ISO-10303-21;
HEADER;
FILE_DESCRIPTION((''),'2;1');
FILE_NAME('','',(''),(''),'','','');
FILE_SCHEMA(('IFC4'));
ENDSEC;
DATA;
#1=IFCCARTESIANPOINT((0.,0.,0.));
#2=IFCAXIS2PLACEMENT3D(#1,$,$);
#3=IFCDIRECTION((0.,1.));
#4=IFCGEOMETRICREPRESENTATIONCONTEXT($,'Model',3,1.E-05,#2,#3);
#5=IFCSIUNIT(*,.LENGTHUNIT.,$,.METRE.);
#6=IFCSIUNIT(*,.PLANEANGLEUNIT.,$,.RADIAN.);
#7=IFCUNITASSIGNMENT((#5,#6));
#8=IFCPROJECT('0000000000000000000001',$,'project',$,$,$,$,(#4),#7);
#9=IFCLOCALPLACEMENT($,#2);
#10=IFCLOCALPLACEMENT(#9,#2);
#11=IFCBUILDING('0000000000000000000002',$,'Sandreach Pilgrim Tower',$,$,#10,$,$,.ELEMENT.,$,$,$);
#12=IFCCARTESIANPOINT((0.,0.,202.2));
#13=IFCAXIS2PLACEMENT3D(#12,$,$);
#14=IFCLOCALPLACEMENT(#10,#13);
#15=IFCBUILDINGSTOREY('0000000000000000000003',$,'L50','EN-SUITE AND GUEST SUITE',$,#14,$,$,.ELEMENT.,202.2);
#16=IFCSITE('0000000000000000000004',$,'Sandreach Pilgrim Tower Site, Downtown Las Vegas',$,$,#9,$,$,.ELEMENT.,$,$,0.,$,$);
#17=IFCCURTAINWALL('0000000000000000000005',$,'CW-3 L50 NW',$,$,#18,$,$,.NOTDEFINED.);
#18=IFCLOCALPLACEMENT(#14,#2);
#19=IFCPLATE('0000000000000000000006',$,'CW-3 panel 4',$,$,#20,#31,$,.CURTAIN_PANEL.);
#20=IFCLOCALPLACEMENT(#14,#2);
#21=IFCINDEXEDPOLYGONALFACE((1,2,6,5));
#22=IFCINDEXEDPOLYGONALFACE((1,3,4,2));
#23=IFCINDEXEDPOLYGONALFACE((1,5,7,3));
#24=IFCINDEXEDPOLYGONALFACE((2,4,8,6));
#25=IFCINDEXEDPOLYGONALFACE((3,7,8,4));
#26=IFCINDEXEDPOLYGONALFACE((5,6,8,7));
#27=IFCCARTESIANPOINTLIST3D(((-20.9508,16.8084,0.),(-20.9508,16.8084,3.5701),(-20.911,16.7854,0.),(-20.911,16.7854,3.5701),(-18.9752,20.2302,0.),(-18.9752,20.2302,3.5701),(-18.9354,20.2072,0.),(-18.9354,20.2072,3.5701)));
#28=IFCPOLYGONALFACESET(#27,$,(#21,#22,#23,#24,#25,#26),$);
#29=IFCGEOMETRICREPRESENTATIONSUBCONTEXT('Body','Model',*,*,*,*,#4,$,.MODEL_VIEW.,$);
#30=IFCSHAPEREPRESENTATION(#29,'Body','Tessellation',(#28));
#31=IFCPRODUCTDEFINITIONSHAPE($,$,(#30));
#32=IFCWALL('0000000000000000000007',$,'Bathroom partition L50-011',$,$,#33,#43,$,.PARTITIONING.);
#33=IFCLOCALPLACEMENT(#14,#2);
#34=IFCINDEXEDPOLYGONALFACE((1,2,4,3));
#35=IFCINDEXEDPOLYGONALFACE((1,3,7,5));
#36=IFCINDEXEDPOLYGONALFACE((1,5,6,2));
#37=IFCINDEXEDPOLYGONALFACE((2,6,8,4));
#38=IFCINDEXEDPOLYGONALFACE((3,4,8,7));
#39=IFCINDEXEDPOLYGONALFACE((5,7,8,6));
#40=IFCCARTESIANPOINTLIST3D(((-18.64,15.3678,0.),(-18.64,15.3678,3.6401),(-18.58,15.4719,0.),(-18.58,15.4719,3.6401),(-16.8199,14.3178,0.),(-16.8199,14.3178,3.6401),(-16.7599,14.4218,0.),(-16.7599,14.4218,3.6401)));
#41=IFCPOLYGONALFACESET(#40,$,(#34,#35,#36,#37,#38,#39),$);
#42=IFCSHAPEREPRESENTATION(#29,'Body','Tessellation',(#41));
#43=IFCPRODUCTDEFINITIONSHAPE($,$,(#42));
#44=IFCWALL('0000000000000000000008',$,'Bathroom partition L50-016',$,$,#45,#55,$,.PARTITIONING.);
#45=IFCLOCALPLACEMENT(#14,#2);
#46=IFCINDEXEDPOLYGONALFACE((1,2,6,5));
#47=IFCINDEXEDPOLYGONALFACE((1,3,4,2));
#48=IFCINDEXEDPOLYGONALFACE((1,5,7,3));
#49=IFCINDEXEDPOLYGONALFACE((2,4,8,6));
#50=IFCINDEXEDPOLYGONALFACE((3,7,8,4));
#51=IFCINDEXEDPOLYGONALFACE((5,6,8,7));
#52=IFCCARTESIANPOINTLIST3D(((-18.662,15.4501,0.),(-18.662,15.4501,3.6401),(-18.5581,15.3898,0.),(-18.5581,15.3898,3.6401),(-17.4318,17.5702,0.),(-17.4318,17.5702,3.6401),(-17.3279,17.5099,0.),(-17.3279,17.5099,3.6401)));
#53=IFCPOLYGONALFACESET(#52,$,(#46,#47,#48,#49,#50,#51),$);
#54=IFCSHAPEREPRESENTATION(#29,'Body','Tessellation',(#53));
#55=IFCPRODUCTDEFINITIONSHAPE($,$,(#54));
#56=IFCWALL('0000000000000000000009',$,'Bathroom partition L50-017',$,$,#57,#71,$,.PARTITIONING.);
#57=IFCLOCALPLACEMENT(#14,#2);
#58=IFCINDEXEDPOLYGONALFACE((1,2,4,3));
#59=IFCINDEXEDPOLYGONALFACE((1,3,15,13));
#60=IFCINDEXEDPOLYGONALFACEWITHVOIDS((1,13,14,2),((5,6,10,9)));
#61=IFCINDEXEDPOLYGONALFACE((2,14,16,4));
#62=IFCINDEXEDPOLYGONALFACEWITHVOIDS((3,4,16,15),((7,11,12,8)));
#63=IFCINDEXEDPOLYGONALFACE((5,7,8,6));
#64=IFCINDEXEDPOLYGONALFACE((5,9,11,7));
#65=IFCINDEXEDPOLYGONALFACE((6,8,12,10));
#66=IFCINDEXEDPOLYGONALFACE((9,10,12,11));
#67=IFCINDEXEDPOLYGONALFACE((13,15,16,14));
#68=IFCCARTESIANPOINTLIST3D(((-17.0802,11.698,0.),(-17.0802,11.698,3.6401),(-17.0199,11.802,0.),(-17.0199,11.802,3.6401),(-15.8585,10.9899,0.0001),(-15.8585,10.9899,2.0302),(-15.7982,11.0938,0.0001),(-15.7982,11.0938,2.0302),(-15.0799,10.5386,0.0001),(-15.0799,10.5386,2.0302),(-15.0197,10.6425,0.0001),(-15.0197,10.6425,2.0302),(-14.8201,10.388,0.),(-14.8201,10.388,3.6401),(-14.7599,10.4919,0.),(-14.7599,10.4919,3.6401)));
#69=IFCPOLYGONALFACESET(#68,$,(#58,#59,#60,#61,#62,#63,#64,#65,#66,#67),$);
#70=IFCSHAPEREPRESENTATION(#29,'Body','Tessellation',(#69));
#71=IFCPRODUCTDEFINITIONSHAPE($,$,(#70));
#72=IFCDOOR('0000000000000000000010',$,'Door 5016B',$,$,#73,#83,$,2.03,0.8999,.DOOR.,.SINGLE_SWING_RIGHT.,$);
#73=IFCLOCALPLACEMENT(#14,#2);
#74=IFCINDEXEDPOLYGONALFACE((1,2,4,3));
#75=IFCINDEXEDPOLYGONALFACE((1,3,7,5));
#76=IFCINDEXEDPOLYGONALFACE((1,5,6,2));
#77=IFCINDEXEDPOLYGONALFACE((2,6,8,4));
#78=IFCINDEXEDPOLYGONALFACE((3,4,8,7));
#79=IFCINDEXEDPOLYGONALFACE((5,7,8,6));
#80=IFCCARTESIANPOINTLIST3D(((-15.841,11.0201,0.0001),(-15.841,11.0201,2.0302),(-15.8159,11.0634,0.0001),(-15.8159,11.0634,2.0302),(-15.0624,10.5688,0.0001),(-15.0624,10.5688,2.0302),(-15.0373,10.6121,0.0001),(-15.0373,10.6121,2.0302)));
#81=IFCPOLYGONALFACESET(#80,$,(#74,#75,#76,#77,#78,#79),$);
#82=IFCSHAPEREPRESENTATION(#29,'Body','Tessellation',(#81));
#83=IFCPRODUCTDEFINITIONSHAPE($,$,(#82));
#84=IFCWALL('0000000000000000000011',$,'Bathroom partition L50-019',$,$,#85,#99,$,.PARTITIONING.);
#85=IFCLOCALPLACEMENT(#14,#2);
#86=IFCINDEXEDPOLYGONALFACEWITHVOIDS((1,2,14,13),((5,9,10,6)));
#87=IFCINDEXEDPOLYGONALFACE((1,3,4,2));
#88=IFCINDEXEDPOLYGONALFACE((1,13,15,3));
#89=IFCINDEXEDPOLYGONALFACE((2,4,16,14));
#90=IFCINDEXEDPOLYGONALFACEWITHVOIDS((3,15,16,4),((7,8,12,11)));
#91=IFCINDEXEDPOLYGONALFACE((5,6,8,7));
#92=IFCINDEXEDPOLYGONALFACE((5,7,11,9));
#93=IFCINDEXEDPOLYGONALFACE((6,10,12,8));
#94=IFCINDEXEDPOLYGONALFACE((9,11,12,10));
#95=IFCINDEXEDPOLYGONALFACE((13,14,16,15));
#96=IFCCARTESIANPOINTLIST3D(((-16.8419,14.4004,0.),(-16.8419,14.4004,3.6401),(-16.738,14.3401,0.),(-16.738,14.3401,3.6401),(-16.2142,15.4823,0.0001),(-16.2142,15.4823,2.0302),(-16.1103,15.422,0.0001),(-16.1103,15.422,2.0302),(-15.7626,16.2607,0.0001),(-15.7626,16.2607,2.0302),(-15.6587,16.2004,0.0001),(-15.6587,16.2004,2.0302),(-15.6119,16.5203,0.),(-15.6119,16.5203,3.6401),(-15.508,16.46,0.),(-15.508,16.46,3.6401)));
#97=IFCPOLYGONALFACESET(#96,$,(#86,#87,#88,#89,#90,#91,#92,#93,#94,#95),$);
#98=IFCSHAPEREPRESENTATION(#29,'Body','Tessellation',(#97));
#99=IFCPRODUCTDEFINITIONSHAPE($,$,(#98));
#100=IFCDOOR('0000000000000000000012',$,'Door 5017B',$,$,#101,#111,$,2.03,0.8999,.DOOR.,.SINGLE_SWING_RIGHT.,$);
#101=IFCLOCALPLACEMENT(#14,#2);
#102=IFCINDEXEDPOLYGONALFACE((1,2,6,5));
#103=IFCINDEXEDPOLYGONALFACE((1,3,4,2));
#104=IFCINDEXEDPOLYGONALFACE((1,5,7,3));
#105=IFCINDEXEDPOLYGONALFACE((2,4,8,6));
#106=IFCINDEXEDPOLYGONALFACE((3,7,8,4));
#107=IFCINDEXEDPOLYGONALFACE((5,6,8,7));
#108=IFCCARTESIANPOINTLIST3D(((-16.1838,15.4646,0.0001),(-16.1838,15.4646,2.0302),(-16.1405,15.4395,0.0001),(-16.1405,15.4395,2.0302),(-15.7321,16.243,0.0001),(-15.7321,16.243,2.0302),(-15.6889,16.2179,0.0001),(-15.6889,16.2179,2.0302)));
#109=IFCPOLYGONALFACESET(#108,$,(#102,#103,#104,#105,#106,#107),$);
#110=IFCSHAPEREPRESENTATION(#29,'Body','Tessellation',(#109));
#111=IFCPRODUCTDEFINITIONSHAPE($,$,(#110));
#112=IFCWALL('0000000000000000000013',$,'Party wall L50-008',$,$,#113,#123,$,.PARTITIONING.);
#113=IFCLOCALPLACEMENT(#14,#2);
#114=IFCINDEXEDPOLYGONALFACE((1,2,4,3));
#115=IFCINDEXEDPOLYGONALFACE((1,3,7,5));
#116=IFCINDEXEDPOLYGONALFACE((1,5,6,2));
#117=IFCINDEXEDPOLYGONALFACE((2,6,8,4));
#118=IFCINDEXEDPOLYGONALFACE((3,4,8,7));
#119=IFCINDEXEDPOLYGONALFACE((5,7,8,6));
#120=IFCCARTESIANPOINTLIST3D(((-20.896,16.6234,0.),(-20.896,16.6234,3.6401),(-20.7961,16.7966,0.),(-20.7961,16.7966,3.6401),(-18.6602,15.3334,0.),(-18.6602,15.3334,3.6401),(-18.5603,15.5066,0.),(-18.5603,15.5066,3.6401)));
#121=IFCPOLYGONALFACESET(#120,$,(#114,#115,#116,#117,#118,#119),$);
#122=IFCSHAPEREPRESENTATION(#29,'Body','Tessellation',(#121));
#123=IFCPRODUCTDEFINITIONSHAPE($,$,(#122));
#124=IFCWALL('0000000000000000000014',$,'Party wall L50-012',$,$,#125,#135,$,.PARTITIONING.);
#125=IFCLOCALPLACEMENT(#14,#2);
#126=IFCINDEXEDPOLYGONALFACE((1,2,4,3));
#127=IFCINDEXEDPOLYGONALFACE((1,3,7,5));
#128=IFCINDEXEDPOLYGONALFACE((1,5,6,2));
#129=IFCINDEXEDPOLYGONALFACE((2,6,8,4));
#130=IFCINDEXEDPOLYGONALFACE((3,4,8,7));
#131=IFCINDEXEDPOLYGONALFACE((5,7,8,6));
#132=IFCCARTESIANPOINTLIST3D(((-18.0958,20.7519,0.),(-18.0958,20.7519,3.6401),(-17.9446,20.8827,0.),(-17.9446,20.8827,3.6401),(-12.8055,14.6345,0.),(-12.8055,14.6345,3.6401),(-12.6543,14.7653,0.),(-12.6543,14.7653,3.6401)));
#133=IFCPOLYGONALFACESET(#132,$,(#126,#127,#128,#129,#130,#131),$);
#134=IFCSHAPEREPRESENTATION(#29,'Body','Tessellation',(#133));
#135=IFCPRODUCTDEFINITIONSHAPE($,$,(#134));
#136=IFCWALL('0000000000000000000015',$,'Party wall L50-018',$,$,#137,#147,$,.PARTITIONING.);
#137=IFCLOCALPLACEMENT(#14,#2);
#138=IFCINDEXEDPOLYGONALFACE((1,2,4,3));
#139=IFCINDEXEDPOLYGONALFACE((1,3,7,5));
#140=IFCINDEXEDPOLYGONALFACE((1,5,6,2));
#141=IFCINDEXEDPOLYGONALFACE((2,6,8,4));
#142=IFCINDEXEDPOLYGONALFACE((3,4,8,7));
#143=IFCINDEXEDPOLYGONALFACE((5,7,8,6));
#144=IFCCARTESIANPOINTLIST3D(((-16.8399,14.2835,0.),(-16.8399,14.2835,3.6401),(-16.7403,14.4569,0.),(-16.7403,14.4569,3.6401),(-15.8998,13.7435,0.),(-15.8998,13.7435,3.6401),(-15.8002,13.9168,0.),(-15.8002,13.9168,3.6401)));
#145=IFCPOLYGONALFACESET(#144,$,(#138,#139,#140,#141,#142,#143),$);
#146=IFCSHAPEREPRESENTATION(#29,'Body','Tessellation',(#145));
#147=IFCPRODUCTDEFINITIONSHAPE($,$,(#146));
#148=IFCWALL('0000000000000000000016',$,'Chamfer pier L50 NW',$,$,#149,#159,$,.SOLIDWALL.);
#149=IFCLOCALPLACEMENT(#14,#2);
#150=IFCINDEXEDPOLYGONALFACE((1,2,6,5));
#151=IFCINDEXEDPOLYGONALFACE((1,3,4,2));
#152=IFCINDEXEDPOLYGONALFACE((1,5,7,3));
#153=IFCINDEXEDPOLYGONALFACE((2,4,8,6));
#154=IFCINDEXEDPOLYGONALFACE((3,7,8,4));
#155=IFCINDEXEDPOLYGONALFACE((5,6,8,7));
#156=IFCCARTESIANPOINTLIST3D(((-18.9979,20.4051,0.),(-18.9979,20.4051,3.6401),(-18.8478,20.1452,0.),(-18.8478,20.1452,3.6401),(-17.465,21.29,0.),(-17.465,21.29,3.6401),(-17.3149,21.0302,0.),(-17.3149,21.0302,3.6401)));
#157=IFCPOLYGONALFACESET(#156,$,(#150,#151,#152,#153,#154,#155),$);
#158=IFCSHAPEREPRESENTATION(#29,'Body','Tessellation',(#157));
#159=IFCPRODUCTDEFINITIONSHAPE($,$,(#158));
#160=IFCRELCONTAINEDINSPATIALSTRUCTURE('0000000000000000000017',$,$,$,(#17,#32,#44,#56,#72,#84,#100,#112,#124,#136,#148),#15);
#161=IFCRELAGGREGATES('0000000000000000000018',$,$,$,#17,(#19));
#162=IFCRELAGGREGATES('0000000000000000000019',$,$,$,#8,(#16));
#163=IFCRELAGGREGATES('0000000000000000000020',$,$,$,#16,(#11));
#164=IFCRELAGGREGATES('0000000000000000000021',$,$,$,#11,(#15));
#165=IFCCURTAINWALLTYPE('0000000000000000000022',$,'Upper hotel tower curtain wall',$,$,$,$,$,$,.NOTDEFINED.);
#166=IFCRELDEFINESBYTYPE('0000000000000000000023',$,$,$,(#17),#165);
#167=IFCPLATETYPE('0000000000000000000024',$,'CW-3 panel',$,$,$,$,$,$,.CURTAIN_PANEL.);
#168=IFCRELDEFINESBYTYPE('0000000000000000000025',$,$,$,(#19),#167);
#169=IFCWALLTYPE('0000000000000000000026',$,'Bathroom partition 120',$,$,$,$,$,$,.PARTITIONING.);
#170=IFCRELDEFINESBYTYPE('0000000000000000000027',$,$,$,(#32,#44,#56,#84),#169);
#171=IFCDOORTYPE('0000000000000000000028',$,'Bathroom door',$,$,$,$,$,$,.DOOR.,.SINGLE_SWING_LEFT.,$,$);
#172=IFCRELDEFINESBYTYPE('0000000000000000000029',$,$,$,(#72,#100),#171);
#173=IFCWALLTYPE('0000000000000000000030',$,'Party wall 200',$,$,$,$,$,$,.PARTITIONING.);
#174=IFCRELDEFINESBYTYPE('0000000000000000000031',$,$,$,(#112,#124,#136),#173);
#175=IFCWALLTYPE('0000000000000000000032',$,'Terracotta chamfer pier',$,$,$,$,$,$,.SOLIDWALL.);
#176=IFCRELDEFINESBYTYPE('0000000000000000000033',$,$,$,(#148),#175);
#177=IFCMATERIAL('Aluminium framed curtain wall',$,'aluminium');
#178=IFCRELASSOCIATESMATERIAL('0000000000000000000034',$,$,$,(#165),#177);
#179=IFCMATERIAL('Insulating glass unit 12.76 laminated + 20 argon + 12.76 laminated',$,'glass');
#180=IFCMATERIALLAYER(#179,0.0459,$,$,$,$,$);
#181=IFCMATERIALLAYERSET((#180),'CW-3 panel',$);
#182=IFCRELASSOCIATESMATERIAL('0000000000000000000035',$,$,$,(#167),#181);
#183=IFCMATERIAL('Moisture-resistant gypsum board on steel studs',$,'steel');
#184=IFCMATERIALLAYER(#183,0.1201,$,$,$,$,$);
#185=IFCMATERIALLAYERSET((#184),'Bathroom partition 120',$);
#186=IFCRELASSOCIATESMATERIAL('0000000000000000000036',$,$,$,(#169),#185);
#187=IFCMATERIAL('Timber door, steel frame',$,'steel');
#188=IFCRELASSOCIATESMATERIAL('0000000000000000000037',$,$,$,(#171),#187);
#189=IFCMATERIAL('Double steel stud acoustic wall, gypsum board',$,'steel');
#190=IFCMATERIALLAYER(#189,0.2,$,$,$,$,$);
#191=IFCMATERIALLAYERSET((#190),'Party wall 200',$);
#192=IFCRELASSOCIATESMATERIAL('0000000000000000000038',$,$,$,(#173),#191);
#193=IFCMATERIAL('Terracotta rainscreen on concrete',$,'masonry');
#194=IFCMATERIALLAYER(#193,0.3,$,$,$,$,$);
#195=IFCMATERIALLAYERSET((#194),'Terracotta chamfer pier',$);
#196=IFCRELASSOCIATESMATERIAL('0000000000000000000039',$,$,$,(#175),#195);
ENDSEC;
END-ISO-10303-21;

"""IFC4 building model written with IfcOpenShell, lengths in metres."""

from ifc_helpers import new_model, si_unit, direction, frame, frame_2d, origin, origin_2d, place, context, subcontext, project, spatial, rectangle, extrude, material, layer, layer_set, type_object, element, fill, aggregate, save


model = new_model("IFC4")

# Units and contexts
model_context = context("Model", 3, precision=1e-05, world=origin(), true_north=direction((0.0, 1.0)))
body_context = subcontext(model_context, "Body", "Model", "MODEL_VIEW")
ifc_project = project(units=[si_unit("LENGTHUNIT", "METRE"), si_unit("PLANEANGLEUNIT", "RADIAN")], contexts=[model_context])

# Site, building, storey
site_placement = place(None, origin())
site = spatial("IfcSite", under=ifc_project, at=site_placement, Name="Sandreach Pilgrim Tower Site, Downtown Las Vegas", CompositionType="ELEMENT", RefElevation=0.0)
building_placement = place(site_placement, origin())
building = spatial("IfcBuilding", under=site, at=building_placement, Name="Sandreach Pilgrim Tower", CompositionType="ELEMENT")
storey_placement = place(building_placement, frame((0.0, 0.0, 202.2)))
storey = spatial("IfcBuildingStorey", under=building, at=storey_placement, Name="L50", Description="EN-SUITE AND GUEST SUITE", CompositionType="ELEMENT", Elevation=202.2)

# Shared definitions
ifc_material_1 = material(Name="Aluminium framed curtain wall", Category="aluminium")
curtain_wall_type = type_object("IfcCurtainWallType", Name="Upper hotel tower curtain wall", PredefinedType="NOTDEFINED", material=ifc_material_1)

# Curtain wall
curtain_wall_1_placement = place(storey_placement, origin())
curtain_wall_1 = element("IfcCurtainWall", 1, at=curtain_wall_1_placement, inside=storey, type_object=curtain_wall_type, Name="CW-3 L50 NW", PredefinedType="NOTDEFINED")

# Plate
ifc_material_2 = material(Name="Insulating glass unit 12.76 laminated + 20 argon + 12.76 laminated", Category="glass")
ifc_layer_1 = layer(ifc_material_2, 0.0459)
ifc_layer_set_1 = layer_set([ifc_layer_1], Name="CW-3 panel")
plate_type = type_object("IfcPlateType", Name="CW-3 panel", PredefinedType="CURTAIN_PANEL", material=ifc_layer_set_1)
plate_1_placement = place(storey_placement, frame((-19.9431, 18.5078, 0.0), z_axis=(0.0, 0.0, 1.0), x_axis=(0.5, 0.866025, 0.0)))
plate_1 = element("IfcPlate", 2, at=plate_1_placement, type_object=plate_type, Name="CW-3 panel 4", PredefinedType="CURTAIN_PANEL", context=body_context, shape_type="SweptSolid", body=[
    extrude(rectangle(XDim=3.9512, YDim=0.0459, at=origin_2d()), origin(), (0.0, 0.0, 1.0), 3.5701),
])
aggregate(curtain_wall_1, [plate_1])

# Walls
ifc_material_3 = material(Name="Moisture-resistant gypsum board on steel studs", Category="steel")
ifc_layer_2 = layer(ifc_material_3, 0.1201)
ifc_layer_set_2 = layer_set([ifc_layer_2], Name="Bathroom partition 120")
wall_type_1 = type_object("IfcWallType", Name="Bathroom partition 120", PredefinedType="PARTITIONING", material=ifc_layer_set_2)
wall_1_placement = place(storey_placement, frame((-18.6101, 15.4199, 0.0), z_axis=(0.0, 0.0, 1.0), x_axis=(0.866184, -0.499726, 0.0)))
element("IfcWall", 3, at=wall_1_placement, inside=storey, type_object=wall_type_1, Name="Bathroom partition L50-011", PredefinedType="PARTITIONING", context=body_context, shape_type="SweptSolid", body=[
    extrude(rectangle(XDim=2.1013, YDim=0.1201, at=frame_2d((1.0508, 0.0))), origin(), (0.0, 0.0, 1.0), 3.6401),
])
wall_2_placement = place(storey_placement, frame((-17.3799, 17.54, 0.0), z_axis=(0.0, 0.0, 1.0), x_axis=(-0.501888, -0.864933, 0.0)))
element("IfcWall", 4, at=wall_2_placement, inside=storey, type_object=wall_type_1, Name="Bathroom partition L50-016", PredefinedType="PARTITIONING", context=body_context, shape_type="SweptSolid", body=[
    extrude(rectangle(XDim=2.4512, YDim=0.1201, at=frame_2d((1.2256, 0.0))), origin(), (0.0, 0.0, 1.0), 3.6401),
])

# Walls, openings, doors
wall_3_placement = place(storey_placement, frame((-17.05, 11.75, 0.0), z_axis=(0.0, 0.0, 1.0), x_axis=(0.865155, -0.501504, 0.0)))
wall_3 = element("IfcWall", 5, at=wall_3_placement, inside=storey, type_object=wall_type_1, Name="Bathroom partition L50-017", PredefinedType="PARTITIONING", context=body_context, shape_type="SweptSolid", body=[
    extrude(rectangle(XDim=2.6123, YDim=0.1201, at=frame_2d((1.3062, 0.0))), origin(), (0.0, 0.0, 1.0), 3.6401),
])
opening_1_placement = place(wall_3_placement, frame((1.4121, 0.0, 0.0)))
opening_1 = element("IfcOpeningElement", 6, at=opening_1_placement, cuts=wall_3, PredefinedType="OPENING", context=body_context, shape_type="SweptSolid", body=[
    extrude(rectangle(XDim=0.8999, YDim=2.03, at=frame_2d((0.45, 1.0151))), frame((0.0, 0.0601, 0.0), z_axis=(0.0, -1.0, 0.0), x_axis=(1.0, 0.0, 0.0)), (0.0, 0.0, 1.0), 0.1201),
])
ifc_material_4 = material(Name="Timber door, steel frame", Category="steel")
door_type = type_object("IfcDoorType", Name="Bathroom door", OperationType="SINGLE_SWING_LEFT", PredefinedType="DOOR", material=ifc_material_4)
door_1_placement = place(opening_1_placement, origin())
door_1 = element("IfcDoor", 7, at=door_1_placement, inside=storey, type_object=door_type, Name="Door 5016B", OperationType="SINGLE_SWING_RIGHT", OverallHeight=2.03, OverallWidth=0.8999, PredefinedType="DOOR", context=body_context, shape_type="SweptSolid", body=[
    extrude(rectangle(XDim=0.8999, YDim=2.03, at=frame_2d((0.45, 1.0151))), frame((0.0, 0.0249, 0.0), z_axis=(0.0, -1.0, 0.0), x_axis=(1.0, 0.0, 0.0)), (0.0, 0.0, 1.0), 0.05),
])
fill(opening_1, door_1)
wall_4_placement = place(storey_placement, frame((-16.79, 14.3701, 0.0), z_axis=(0.0, 0.0, 1.0), x_axis=(0.501857, 0.864951, 0.0)))
wall_4 = element("IfcWall", 8, at=wall_4_placement, inside=storey, type_object=wall_type_1, Name="Bathroom partition L50-019", PredefinedType="PARTITIONING", context=body_context, shape_type="SweptSolid", body=[
    extrude(rectangle(XDim=2.4509, YDim=0.1201, at=frame_2d((1.2256, 0.0))), origin(), (0.0, 0.0, 1.0), 3.6401),
])
opening_2_placement = place(wall_4_placement, frame((1.251, 0.0, 0.0)))
opening_2 = element("IfcOpeningElement", 9, at=opening_2_placement, cuts=wall_4, PredefinedType="OPENING", context=body_context, shape_type="SweptSolid", body=[
    extrude(rectangle(XDim=0.8999, YDim=2.03, at=frame_2d((0.45, 1.0151))), frame((0.0, 0.0601, 0.0), z_axis=(0.0, -1.0, 0.0), x_axis=(1.0, 0.0, 0.0)), (0.0, 0.0, 1.0), 0.1201),
])
door_2_placement = place(opening_2_placement, origin())
door_2 = element("IfcDoor", 10, at=door_2_placement, inside=storey, type_object=door_type, Name="Door 5017B", OperationType="SINGLE_SWING_RIGHT", OverallHeight=2.03, OverallWidth=0.8999, PredefinedType="DOOR", context=body_context, shape_type="SweptSolid", body=[
    extrude(rectangle(XDim=0.8999, YDim=2.03, at=frame_2d((0.45, 1.0151))), frame((0.0, 0.0249, 0.0), z_axis=(0.0, -1.0, 0.0), x_axis=(1.0, 0.0, 0.0)), (0.0, 0.0, 1.0), 0.05),
])
fill(opening_2, door_2)

# Walls
ifc_material_5 = material(Name="Double steel stud acoustic wall, gypsum board", Category="steel")
ifc_layer_3 = layer(ifc_material_5, 0.2)
ifc_layer_set_3 = layer_set([ifc_layer_3], Name="Party wall 200")
wall_type_2 = type_object("IfcWallType", Name="Party wall 200", PredefinedType="PARTITIONING", material=ifc_layer_set_3)
wall_5_placement = place(storey_placement, frame((-20.8459, 16.71, 0.0), z_axis=(0.0, 0.0, 1.0), x_axis=(0.866164, -0.499761, 0.0)))
element("IfcWall", 11, at=wall_5_placement, inside=storey, type_object=wall_type_2, Name="Party wall L50-008", PredefinedType="PARTITIONING", context=body_context, shape_type="SweptSolid", body=[
    extrude(rectangle(XDim=2.5813, YDim=0.2, at=frame_2d((1.2905, 0.0))), origin(), (0.0, 0.0, 1.0), 3.6401),
])
wall_6_placement = place(storey_placement, frame((-18.0203, 20.8174, 0.0), z_axis=(0.0, 0.0, 1.0), x_axis=(0.654119, -0.756392, 0.0)))
element("IfcWall", 12, at=wall_6_placement, inside=storey, type_object=wall_type_2, Name="Party wall L50-012", PredefinedType="PARTITIONING", context=body_context, shape_type="SweptSolid", body=[
    extrude(rectangle(XDim=8.0876, YDim=0.2, at=frame_2d((4.0439, 0.0))), origin(), (0.0, 0.0, 1.0), 3.6401),
])
wall_7_placement = place(storey_placement, frame((-16.79, 14.3701, 0.0), z_axis=(0.0, 0.0, 1.0), x_axis=(0.867132, -0.498078, 0.0)))
element("IfcWall", 13, at=wall_7_placement, inside=storey, type_object=wall_type_2, Name="Party wall L50-018", PredefinedType="PARTITIONING", context=body_context, shape_type="SweptSolid", body=[
    extrude(rectangle(XDim=1.0842, YDim=0.2, at=frame_2d((0.542, 0.0))), origin(), (0.0, 0.0, 1.0), 3.6401),
])
ifc_material_6 = material(Name="Terracotta rainscreen on concrete", Category="masonry")
ifc_layer_4 = layer(ifc_material_6, 0.3)
ifc_layer_set_4 = layer_set([ifc_layer_4], Name="Terracotta chamfer pier")
wall_type_3 = type_object("IfcWallType", Name="Terracotta chamfer pier", PredefinedType="SOLIDWALL", material=ifc_layer_set_4)
wall_8_placement = place(storey_placement, frame((-18.9229, 20.2751, 0.0), z_axis=(0.0, 0.0, 1.0), x_axis=(0.866036, 0.499981, 0.0)))
element("IfcWall", 14, at=wall_8_placement, inside=storey, type_object=wall_type_3, Name="Chamfer pier L50 NW", PredefinedType="SOLIDWALL", context=body_context, shape_type="SweptSolid", body=[
    extrude(rectangle(XDim=1.77, YDim=0.3, at=frame_2d((0.885, 0.0))), origin(), (0.0, 0.0, 1.0), 3.6401),
])

save(model, "model.ifc")
